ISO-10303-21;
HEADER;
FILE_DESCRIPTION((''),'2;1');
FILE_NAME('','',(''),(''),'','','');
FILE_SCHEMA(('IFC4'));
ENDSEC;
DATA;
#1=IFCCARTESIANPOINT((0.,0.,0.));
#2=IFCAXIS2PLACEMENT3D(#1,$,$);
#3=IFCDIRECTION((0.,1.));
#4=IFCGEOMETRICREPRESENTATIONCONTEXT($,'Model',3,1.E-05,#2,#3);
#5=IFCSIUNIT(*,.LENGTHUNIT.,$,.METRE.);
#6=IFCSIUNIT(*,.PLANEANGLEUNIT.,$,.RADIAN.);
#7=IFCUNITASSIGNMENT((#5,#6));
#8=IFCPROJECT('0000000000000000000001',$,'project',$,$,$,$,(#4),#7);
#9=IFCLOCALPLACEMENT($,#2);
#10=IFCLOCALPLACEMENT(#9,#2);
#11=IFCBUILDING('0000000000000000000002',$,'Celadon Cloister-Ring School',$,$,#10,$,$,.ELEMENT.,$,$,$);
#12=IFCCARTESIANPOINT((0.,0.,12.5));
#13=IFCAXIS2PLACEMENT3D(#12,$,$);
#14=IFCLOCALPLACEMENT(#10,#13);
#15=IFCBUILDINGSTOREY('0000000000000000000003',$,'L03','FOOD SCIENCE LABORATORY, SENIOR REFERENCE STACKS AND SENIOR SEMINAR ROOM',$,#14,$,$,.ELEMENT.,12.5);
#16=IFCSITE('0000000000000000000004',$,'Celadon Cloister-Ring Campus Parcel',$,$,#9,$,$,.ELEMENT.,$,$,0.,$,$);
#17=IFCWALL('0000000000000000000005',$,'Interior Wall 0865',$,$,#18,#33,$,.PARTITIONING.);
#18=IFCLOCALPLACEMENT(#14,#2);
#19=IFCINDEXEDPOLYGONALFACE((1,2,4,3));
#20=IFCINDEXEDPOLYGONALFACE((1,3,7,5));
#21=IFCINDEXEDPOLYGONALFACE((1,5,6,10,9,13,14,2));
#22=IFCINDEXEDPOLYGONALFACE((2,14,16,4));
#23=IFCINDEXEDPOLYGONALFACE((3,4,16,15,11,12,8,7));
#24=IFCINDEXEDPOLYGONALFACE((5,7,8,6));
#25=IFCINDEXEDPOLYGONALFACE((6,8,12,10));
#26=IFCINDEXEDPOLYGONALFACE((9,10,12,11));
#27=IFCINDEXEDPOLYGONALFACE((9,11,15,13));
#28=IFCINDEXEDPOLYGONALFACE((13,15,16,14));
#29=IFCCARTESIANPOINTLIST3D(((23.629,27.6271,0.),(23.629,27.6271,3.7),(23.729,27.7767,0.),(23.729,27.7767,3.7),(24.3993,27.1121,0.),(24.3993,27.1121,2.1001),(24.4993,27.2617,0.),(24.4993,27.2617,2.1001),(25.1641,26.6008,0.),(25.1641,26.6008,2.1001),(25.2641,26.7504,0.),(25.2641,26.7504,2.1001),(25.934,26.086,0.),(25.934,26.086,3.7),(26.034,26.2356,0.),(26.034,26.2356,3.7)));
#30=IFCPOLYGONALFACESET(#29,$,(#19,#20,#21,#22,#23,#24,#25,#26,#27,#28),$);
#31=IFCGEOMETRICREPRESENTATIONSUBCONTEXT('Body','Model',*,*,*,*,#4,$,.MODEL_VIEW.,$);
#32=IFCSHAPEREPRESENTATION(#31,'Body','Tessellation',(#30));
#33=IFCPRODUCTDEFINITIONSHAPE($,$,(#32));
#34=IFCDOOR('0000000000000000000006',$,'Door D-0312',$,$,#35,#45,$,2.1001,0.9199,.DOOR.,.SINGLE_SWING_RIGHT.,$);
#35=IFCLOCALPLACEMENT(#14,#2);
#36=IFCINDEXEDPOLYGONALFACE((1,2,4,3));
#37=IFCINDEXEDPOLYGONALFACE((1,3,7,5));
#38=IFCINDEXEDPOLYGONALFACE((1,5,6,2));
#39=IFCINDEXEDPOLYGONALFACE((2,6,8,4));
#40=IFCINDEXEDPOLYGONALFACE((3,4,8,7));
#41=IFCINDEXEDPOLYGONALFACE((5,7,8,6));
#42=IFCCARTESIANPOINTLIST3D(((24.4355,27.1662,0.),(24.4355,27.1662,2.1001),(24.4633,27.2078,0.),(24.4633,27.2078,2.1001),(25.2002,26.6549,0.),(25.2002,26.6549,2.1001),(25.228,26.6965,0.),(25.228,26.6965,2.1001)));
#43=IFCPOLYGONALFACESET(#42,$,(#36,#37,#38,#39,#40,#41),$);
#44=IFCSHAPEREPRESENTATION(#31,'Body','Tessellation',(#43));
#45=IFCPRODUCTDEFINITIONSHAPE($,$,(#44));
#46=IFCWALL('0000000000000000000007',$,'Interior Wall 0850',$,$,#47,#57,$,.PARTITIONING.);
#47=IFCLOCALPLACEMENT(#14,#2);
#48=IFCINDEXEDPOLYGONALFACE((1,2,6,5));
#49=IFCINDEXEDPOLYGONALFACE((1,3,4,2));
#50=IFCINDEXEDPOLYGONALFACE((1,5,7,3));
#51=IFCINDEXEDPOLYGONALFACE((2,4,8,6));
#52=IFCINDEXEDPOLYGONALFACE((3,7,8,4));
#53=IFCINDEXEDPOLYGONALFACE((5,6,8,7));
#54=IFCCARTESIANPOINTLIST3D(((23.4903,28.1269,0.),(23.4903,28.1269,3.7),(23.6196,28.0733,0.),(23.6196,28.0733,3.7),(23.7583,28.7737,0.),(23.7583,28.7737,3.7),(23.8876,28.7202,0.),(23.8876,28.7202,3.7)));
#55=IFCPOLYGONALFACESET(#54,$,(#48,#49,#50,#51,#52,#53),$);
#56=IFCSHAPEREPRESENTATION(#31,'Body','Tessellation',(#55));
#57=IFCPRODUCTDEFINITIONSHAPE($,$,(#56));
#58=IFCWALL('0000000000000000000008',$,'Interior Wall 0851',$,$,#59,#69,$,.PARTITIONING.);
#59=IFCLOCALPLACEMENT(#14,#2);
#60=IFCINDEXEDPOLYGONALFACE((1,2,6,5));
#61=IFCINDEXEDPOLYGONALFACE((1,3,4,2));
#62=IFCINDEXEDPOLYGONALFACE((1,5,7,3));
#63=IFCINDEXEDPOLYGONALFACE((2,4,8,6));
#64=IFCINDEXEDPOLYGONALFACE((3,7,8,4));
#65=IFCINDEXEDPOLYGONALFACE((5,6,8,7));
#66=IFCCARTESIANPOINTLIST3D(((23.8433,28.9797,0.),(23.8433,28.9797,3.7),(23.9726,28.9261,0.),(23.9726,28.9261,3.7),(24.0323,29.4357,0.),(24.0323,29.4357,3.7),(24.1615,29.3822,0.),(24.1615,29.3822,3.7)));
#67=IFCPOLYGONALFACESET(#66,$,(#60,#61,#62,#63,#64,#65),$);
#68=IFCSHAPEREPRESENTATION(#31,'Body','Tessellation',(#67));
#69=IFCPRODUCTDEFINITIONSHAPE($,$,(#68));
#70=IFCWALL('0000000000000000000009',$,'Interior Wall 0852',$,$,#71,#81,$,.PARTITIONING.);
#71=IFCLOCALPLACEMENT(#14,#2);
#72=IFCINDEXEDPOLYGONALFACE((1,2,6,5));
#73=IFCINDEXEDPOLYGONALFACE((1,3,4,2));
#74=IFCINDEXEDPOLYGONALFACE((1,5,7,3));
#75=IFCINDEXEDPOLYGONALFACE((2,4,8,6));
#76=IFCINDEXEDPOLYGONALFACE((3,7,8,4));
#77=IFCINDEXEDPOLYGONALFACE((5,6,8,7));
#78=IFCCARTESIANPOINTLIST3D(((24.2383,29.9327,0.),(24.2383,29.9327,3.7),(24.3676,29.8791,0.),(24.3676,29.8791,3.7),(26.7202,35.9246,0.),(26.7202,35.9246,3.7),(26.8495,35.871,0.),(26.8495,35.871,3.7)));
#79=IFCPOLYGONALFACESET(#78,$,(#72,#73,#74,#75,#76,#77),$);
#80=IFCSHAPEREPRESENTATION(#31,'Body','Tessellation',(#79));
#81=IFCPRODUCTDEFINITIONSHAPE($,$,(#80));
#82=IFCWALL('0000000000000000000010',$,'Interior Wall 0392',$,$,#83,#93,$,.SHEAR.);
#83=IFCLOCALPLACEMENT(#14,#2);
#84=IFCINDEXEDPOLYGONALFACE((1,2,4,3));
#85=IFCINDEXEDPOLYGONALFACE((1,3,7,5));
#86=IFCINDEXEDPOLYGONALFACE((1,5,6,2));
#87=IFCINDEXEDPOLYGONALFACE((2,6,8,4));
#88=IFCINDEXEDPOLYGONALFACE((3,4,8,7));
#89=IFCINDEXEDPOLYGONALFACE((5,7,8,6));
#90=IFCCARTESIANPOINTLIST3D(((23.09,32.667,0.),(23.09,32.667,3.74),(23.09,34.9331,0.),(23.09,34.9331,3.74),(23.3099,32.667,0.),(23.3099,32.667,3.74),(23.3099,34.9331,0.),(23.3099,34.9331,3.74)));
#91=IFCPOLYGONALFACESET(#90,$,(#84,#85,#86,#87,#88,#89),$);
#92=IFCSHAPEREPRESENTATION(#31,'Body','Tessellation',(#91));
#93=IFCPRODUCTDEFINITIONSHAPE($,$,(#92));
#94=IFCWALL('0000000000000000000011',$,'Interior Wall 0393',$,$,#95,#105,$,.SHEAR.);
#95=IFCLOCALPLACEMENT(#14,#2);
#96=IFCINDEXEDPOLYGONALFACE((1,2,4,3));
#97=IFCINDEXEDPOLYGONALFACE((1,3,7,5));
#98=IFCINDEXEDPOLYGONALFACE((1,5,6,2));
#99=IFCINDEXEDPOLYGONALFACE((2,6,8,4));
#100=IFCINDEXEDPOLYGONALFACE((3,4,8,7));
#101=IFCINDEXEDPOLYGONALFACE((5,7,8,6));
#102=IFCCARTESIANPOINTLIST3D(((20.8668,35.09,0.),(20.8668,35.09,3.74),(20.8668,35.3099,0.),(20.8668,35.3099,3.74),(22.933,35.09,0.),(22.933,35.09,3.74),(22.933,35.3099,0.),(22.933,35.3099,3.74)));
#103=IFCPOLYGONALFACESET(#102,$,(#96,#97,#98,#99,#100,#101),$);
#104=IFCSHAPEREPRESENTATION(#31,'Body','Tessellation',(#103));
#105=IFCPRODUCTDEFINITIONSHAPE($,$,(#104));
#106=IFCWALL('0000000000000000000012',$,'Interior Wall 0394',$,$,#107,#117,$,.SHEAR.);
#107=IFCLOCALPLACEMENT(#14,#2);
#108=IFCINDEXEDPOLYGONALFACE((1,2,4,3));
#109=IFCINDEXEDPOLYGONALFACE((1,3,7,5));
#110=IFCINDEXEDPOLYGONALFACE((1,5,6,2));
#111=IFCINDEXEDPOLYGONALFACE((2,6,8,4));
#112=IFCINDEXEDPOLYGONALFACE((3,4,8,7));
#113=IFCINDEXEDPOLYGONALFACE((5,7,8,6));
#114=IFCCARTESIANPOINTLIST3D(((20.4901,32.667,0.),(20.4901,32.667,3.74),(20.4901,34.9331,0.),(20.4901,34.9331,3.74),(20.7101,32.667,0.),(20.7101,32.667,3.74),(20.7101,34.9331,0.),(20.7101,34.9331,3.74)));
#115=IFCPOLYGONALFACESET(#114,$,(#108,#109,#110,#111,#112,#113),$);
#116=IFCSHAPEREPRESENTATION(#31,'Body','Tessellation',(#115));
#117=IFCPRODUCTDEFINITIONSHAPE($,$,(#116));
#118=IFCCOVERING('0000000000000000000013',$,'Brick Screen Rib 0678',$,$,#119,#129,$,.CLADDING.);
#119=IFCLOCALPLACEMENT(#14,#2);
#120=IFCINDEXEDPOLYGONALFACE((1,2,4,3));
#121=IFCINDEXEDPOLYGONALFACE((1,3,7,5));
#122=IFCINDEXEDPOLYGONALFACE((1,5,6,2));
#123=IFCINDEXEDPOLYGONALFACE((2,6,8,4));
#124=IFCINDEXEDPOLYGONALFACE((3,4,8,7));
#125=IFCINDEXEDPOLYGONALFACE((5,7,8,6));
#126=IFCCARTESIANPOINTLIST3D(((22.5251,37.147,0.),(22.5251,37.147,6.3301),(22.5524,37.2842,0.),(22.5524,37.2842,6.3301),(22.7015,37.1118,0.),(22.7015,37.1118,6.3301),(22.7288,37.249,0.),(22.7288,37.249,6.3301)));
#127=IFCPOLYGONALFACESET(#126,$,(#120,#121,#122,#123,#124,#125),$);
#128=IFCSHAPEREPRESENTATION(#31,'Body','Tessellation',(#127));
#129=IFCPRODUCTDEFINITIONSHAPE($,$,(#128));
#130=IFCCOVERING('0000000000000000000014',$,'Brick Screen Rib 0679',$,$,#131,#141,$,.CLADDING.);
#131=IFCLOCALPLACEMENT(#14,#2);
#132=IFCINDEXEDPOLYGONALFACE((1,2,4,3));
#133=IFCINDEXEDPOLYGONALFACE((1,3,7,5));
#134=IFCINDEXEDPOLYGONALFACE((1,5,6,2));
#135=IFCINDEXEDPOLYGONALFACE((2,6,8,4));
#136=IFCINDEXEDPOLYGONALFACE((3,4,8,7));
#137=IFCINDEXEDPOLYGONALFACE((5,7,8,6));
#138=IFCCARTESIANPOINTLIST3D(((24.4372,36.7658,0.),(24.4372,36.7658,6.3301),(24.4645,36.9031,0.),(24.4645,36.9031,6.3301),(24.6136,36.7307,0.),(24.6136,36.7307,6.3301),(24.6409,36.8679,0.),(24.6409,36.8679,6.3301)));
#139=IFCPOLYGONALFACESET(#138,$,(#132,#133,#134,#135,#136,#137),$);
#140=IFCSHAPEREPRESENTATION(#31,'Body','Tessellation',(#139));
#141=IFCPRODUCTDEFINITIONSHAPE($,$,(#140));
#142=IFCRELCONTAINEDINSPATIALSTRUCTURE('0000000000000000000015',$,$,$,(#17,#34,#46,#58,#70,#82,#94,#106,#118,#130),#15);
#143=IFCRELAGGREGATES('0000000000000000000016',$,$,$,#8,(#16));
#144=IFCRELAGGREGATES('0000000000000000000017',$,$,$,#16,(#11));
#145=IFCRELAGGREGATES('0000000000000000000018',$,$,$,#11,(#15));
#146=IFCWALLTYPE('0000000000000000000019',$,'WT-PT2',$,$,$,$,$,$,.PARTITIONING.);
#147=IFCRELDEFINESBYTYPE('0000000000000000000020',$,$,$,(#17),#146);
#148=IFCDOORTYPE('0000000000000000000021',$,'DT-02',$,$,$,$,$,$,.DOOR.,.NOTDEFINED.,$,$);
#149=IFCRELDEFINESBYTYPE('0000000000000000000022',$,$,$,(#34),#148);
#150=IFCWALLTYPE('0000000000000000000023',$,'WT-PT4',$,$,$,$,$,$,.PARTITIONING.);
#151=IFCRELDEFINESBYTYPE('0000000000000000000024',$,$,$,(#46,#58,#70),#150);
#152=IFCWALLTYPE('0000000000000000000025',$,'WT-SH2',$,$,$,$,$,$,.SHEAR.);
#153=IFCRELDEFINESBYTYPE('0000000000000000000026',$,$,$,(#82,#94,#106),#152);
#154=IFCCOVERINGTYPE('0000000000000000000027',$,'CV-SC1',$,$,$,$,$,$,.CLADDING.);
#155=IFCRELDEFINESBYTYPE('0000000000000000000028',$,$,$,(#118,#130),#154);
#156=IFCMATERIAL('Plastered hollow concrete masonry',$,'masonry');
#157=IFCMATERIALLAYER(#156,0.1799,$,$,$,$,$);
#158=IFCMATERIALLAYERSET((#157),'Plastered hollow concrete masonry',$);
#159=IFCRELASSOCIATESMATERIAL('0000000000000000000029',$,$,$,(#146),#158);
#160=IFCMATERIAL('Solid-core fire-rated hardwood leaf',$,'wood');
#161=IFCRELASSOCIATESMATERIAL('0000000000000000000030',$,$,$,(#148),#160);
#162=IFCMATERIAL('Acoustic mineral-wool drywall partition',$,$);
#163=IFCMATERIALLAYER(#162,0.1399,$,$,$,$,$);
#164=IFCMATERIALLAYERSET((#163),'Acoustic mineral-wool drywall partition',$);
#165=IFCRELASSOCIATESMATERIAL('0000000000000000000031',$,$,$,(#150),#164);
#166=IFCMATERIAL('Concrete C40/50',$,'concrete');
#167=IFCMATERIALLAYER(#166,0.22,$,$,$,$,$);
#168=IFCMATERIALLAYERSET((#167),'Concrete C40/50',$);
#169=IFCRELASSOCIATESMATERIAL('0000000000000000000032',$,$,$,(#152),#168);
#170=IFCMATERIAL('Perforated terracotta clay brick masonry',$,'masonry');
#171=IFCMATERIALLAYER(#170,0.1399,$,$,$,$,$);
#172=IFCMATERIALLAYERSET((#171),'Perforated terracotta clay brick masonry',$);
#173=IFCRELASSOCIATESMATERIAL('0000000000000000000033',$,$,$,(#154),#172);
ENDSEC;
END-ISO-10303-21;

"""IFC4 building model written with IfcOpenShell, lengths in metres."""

from ifc_helpers import new_model, si_unit, direction, frame, frame_2d, origin, origin_2d, place, context, subcontext, project, spatial, rectangle, extrude, material, layer, layer_set, type_object, element, fill, save


model = new_model("IFC4")

# Units and contexts
model_context = context("Model", 3, precision=1e-05, world=origin(), true_north=direction((0.0, 1.0)))
body_context = subcontext(model_context, "Body", "Model", "MODEL_VIEW")
ifc_project = project(units=[si_unit("LENGTHUNIT", "METRE"), si_unit("PLANEANGLEUNIT", "RADIAN")], contexts=[model_context])

# Site, building, storey
site_placement = place(None, origin())
site = spatial("IfcSite", under=ifc_project, at=site_placement, Name="Celadon Cloister-Ring Campus Parcel", CompositionType="ELEMENT", RefElevation=0.0)
building_placement = place(site_placement, origin())
building = spatial("IfcBuilding", under=site, at=building_placement, Name="Celadon Cloister-Ring School", CompositionType="ELEMENT")
storey_placement = place(building_placement, frame((0.0, 0.0, 12.5)))
storey = spatial("IfcBuildingStorey", under=building, at=storey_placement, Name="L03", Description="FOOD SCIENCE LABORATORY, SENIOR REFERENCE STACKS AND SENIOR SEMINAR ROOM", CompositionType="ELEMENT", Elevation=12.5)

# Wall, opening, door
ifc_material_1 = material(Name="Plastered hollow concrete masonry", Category="masonry")
ifc_layer_1 = layer(ifc_material_1, 0.1799)
ifc_layer_set_1 = layer_set([ifc_layer_1], Name="Plastered hollow concrete masonry")
wall_type_1 = type_object("IfcWallType", Name="WT-PT2", PredefinedType="PARTITIONING", material=ifc_layer_set_1)
wall_1_placement = place(storey_placement, frame((25.9839, 26.1609, 0.0), z_axis=(0.0, 0.0, 1.0), x_axis=(-0.831318, 0.555797, 0.0)))
wall_1 = element("IfcWall", 1, at=wall_1_placement, inside=storey, type_object=wall_type_1, Name="Interior Wall 0865", PredefinedType="PARTITIONING", context=body_context, shape_type="SweptSolid", body=[
    extrude(rectangle(XDim=2.7727, YDim=0.1799, at=frame_2d((1.3862, 0.0))), origin(), (0.0, 0.0, 1.0), 3.7),
])
opening_1_placement = place(wall_1_placement, frame((0.926, 0.0, 0.0)))
opening_1 = element("IfcOpeningElement", 2, at=opening_1_placement, cuts=wall_1, PredefinedType="OPENING", context=body_context, shape_type="SweptSolid", body=[
    extrude(rectangle(XDim=0.9199, YDim=2.1001, at=frame_2d((0.46, 1.05))), frame((0.0, 0.1001, 0.0), z_axis=(0.0, -1.0, 0.0), x_axis=(1.0, 0.0, 0.0)), (0.0, 0.0, 1.0), 0.2),
])
ifc_material_2 = material(Name="Solid-core fire-rated hardwood leaf", Category="wood")
door_type_1 = type_object("IfcDoorType", Name="DT-02", OperationType="NOTDEFINED", PredefinedType="DOOR", material=ifc_material_2)
door_1_placement = place(opening_1_placement, origin())
door_1 = element("IfcDoor", 3, at=door_1_placement, inside=storey, type_object=door_type_1, Name="Door D-0312", OperationType="SINGLE_SWING_RIGHT", OverallHeight=2.1001, OverallWidth=0.9199, PredefinedType="DOOR", context=body_context, shape_type="SweptSolid", body=[
    extrude(rectangle(XDim=0.9199, YDim=2.1001, at=frame_2d((0.46, 1.05))), frame((0.0, 0.0249, 0.0), z_axis=(0.0, -1.0, 0.0), x_axis=(1.0, 0.0, 0.0)), (0.0, 0.0, 1.0), 0.05),
])
fill(opening_1, door_1)

# Walls
ifc_material_3 = material(Name="Acoustic mineral-wool drywall partition")
ifc_layer_2 = layer(ifc_material_3, 0.1399)
ifc_layer_set_2 = layer_set([ifc_layer_2], Name="Acoustic mineral-wool drywall partition")
wall_type_2 = type_object("IfcWallType", Name="WT-PT4", PredefinedType="PARTITIONING", material=ifc_layer_set_2)
wall_2_placement = place(storey_placement, frame((23.5549, 28.1001, 0.0), z_axis=(0.0, 0.0, 1.0), x_axis=(0.382783, 0.923838, 0.0)))
element("IfcWall", 4, at=wall_2_placement, inside=storey, type_object=wall_type_2, Name="Interior Wall 0850", PredefinedType="PARTITIONING", context=body_context, shape_type="SweptSolid", body=[
    extrude(rectangle(XDim=0.7002, YDim=0.1399, at=frame_2d((0.3501, 0.0))), origin(), (0.0, 0.0, 1.0), 3.7),
])
wall_3_placement = place(storey_placement, frame((23.908, 28.9529, 0.0), z_axis=(0.0, 0.0, 1.0), x_axis=(0.382789, 0.923836, 0.0)))
element("IfcWall", 5, at=wall_3_placement, inside=storey, type_object=wall_type_2, Name="Interior Wall 0851", PredefinedType="PARTITIONING", context=body_context, shape_type="SweptSolid", body=[
    extrude(rectangle(XDim=0.4937, YDim=0.1399, at=frame_2d((0.2468, 0.0))), origin(), (0.0, 0.0, 1.0), 3.7),
])
wall_4_placement = place(storey_placement, frame((24.303, 29.906, 0.0), z_axis=(0.0, 0.0, 1.0), x_axis=(0.382682, 0.92388, 0.0)))
element("IfcWall", 6, at=wall_4_placement, inside=storey, type_object=wall_type_2, Name="Interior Wall 0852", PredefinedType="PARTITIONING", context=body_context, shape_type="SweptSolid", body=[
    extrude(rectangle(XDim=6.4856, YDim=0.1399, at=frame_2d((3.2427, 0.0))), origin(), (0.0, 0.0, 1.0), 3.7),
])

# Shared definitions
ifc_material_4 = material(Name="Concrete C40/50", Category="concrete")
ifc_layer_3 = layer(ifc_material_4, 0.22)
ifc_layer_set_3 = layer_set([ifc_layer_3], Name="Concrete C40/50")
wall_type_3 = type_object("IfcWallType", Name="WT-SH2", PredefinedType="SHEAR", material=ifc_layer_set_3)

# Walls
wall_5_placement = place(storey_placement, frame((23.2, 32.667, 0.0), z_axis=(0.0, 0.0, 1.0), x_axis=(0.0, 1.0, 0.0)))
element("IfcWall", 7, at=wall_5_placement, inside=storey, type_object=wall_type_3, Name="Interior Wall 0392", PredefinedType="SHEAR", context=body_context, shape_type="SweptSolid", body=[
    extrude(rectangle(XDim=2.2661, YDim=0.22, at=frame_2d((1.1331, 0.0))), origin(), (0.0, 0.0, 1.0), 3.74),
])
wall_6_placement = place(storey_placement, frame((22.9331, 35.2, 0.0), z_axis=(0.0, 0.0, 1.0), x_axis=(-1.0, 0.0, 0.0)))
element("IfcWall", 8, at=wall_6_placement, inside=storey, type_object=wall_type_3, Name="Interior Wall 0393", PredefinedType="SHEAR", context=body_context, shape_type="SweptSolid", body=[
    extrude(rectangle(XDim=2.0662, YDim=0.22, at=frame_2d((1.0332, 0.0))), origin(), (0.0, 0.0, 1.0), 3.74),
])
wall_7_placement = place(storey_placement, frame((20.6001, 34.9331, 0.0), z_axis=(0.0, 0.0, 1.0), x_axis=(0.0, -1.0, 0.0)))
element("IfcWall", 9, at=wall_7_placement, inside=storey, type_object=wall_type_3, Name="Interior Wall 0394", PredefinedType="SHEAR", context=body_context, shape_type="SweptSolid", body=[
    extrude(rectangle(XDim=2.2661, YDim=0.22, at=frame_2d((1.1331, 0.0))), origin(), (0.0, 0.0, 1.0), 3.74),
])

# Coverings
ifc_material_5 = material(Name="Perforated terracotta clay brick masonry", Category="masonry")
ifc_layer_4 = layer(ifc_material_5, 0.1399)
ifc_layer_set_4 = layer_set([ifc_layer_4], Name="Perforated terracotta clay brick masonry")
covering_type = type_object("IfcCoveringType", Name="CV-SC1", PredefinedType="CLADDING", material=ifc_layer_set_4)
for number, where, z_axis, x_axis, name in (
    (10, (22.627, 37.198, 0.0), (0.0, 0.0, 1.0), (0.980775, -0.195142, 0.0), "Brick Screen Rib 0678"),
    (11, (24.5391, 36.8169, 0.0), (0.0, 0.0, 1.0), (0.980775, -0.195142, 0.0), "Brick Screen Rib 0679"),
):
    element("IfcCovering", number, at=place(storey_placement, frame(where, z_axis=z_axis, x_axis=x_axis)), inside=storey, type_object=covering_type, Name=name, PredefinedType="CLADDING", context=body_context, shape_type="SweptSolid", body=[
        extrude(rectangle(XDim=0.1799, YDim=0.1399, at=origin_2d()), origin(), (0.0, 0.0, 1.0), 6.3301),
    ])

save(model, "model.ifc")
